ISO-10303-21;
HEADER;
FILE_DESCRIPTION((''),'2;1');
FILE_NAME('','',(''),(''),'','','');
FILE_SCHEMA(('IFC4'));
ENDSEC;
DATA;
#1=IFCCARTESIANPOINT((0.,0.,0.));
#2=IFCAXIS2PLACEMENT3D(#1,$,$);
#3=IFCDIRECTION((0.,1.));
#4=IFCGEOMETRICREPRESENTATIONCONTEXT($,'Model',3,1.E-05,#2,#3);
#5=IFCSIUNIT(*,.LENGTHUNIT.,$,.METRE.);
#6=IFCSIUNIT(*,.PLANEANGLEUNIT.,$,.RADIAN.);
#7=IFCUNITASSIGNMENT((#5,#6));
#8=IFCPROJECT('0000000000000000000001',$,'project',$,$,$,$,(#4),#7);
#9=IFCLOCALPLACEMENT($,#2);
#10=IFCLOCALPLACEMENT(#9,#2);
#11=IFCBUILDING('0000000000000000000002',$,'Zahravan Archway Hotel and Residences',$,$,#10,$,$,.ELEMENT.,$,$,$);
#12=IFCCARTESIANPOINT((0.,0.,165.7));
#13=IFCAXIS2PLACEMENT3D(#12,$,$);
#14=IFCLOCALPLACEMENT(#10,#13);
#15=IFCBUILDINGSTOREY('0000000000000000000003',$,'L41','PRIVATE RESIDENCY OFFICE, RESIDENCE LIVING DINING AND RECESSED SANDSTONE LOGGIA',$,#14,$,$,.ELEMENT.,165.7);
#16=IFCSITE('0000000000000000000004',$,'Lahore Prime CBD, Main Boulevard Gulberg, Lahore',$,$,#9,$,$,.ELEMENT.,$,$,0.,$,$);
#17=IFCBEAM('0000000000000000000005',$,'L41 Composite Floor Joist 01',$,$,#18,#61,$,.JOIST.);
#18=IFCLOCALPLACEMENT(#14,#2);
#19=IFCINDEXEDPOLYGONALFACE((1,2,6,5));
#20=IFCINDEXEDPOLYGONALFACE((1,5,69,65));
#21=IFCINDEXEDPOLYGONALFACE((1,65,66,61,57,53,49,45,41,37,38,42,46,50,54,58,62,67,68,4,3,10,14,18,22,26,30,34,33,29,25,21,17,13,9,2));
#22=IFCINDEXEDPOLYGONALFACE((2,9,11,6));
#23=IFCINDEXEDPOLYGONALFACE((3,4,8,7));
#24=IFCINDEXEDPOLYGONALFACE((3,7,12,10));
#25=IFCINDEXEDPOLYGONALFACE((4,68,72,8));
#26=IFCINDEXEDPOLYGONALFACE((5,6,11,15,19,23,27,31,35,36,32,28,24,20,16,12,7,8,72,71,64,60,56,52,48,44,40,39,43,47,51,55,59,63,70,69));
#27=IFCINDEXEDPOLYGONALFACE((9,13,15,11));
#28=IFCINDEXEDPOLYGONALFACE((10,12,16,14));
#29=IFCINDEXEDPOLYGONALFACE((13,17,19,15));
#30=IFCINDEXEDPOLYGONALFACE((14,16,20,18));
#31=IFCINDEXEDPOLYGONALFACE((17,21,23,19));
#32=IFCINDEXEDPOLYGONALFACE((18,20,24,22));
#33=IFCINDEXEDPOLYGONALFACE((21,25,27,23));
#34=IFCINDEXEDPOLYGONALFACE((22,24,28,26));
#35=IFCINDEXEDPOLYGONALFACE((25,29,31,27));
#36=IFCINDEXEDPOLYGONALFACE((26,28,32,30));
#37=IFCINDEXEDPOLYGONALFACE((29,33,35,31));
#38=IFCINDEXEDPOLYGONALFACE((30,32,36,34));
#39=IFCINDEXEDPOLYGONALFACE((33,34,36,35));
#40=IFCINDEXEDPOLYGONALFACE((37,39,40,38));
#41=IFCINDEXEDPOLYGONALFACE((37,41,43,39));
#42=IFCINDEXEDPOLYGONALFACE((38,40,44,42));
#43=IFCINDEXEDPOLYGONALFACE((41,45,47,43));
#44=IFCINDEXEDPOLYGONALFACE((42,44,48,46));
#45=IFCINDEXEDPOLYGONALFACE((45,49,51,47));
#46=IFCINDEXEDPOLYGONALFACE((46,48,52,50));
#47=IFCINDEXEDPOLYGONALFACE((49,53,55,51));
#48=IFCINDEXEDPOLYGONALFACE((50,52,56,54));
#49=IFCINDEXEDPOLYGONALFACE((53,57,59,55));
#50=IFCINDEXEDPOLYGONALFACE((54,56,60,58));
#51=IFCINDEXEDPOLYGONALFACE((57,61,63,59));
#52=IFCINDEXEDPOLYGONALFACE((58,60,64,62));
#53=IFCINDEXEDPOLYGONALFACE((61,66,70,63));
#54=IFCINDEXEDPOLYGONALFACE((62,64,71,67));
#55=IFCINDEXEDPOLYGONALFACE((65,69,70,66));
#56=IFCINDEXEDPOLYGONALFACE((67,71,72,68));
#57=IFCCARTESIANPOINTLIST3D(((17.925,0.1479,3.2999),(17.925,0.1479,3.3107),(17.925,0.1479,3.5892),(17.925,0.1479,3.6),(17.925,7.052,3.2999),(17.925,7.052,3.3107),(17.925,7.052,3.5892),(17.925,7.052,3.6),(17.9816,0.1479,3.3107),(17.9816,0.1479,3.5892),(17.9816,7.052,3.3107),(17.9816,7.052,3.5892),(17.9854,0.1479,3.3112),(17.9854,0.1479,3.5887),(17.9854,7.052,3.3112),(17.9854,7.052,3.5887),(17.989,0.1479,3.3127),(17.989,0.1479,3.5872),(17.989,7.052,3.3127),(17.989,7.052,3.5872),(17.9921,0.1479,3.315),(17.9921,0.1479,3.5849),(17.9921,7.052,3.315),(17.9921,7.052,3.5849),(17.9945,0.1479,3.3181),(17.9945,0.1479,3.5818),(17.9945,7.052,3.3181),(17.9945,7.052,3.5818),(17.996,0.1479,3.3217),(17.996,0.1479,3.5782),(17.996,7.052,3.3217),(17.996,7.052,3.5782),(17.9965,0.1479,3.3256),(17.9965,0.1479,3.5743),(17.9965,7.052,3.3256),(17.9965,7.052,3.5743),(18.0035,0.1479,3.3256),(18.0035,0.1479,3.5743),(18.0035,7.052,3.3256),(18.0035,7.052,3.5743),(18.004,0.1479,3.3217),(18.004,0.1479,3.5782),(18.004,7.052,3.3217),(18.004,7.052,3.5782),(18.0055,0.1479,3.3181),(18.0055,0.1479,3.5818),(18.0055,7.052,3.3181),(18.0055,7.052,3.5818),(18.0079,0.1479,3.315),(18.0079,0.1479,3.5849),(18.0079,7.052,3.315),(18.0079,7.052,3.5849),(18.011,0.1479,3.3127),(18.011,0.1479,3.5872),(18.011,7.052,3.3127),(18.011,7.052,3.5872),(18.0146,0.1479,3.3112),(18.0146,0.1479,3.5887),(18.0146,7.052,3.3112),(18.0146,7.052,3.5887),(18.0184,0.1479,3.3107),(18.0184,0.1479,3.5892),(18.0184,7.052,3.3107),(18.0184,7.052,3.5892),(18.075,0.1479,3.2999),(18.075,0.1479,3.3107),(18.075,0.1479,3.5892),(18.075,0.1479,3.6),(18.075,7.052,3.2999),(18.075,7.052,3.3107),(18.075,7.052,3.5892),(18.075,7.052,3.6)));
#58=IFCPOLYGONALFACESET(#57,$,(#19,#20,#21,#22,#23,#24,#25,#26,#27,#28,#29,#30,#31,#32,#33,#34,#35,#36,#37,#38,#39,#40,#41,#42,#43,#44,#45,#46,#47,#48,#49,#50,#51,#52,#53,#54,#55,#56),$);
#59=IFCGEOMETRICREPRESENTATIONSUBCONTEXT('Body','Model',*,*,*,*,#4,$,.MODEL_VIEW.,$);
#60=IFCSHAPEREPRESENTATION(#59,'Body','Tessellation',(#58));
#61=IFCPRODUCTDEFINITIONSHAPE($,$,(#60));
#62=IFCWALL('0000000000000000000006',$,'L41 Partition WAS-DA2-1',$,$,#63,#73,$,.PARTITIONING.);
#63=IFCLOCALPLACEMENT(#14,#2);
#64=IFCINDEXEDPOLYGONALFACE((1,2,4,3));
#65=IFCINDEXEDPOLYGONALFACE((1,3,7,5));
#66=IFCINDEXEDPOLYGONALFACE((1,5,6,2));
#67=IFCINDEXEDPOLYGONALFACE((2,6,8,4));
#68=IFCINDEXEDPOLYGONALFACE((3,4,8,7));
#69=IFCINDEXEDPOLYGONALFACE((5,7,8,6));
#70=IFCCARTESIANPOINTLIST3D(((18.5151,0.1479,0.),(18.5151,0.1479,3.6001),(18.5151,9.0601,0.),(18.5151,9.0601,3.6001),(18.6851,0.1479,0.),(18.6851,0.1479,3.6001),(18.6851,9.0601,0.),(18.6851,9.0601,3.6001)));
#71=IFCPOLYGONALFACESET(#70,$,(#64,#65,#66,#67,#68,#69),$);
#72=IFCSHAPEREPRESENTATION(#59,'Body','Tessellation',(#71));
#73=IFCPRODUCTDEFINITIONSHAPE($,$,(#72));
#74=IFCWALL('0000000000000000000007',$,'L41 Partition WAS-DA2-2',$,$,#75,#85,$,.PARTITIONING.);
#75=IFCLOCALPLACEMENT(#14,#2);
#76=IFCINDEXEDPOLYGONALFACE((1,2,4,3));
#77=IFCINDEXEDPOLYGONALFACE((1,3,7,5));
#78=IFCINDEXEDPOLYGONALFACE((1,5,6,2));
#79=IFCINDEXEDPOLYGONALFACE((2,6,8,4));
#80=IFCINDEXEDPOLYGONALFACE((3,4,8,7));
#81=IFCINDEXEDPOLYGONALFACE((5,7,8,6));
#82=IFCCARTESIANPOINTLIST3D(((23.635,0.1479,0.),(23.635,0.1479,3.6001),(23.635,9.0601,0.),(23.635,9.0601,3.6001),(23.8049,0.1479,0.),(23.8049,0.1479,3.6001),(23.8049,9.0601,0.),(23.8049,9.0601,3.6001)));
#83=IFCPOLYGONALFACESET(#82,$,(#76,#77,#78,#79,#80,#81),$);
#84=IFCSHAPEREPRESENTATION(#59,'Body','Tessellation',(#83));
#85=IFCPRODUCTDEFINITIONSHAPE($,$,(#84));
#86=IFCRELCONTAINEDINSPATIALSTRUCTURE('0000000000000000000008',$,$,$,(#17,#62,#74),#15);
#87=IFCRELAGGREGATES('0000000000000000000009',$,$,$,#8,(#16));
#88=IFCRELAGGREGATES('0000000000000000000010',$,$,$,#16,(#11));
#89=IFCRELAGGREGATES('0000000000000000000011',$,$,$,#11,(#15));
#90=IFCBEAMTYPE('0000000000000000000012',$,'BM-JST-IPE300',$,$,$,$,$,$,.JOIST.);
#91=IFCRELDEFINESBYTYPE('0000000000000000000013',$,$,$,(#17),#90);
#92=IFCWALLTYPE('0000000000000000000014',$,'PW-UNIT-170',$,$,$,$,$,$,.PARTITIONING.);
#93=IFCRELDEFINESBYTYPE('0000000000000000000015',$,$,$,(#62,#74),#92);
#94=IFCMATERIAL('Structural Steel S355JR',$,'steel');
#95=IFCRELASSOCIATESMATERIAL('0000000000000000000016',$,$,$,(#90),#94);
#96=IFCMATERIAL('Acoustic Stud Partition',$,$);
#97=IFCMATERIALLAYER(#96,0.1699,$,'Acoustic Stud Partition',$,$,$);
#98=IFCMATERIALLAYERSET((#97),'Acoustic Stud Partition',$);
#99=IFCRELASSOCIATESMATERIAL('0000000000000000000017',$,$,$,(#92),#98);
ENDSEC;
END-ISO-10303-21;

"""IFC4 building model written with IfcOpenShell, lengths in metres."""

from ifc_helpers import new_model, si_unit, direction, frame, frame_2d, origin, origin_2d, place, context, subcontext, project, spatial, rectangle, i_section, extrude, source, transform, mapped, material, layer, layer_set, material_profile, profile_set, type_object, type_shapes, element, save


model = new_model("IFC4")

# Units and contexts
model_context = context("Model", 3, precision=1e-05, world=origin(), true_north=direction((0.0, 1.0)))
body_context = subcontext(model_context, "Body", "Model", "MODEL_VIEW")
ifc_project = project(units=[si_unit("LENGTHUNIT", "METRE"), si_unit("PLANEANGLEUNIT", "RADIAN")], contexts=[model_context])

# Site, building, storey
site_placement = place(None, origin())
site = spatial("IfcSite", under=ifc_project, at=site_placement, Name="Lahore Prime CBD, Main Boulevard Gulberg, Lahore", CompositionType="ELEMENT", RefElevation=0.0)
building_placement = place(site_placement, origin())
building = spatial("IfcBuilding", under=site, at=building_placement, Name="Zahravan Archway Hotel and Residences", CompositionType="ELEMENT")
storey_placement = place(building_placement, frame((0.0, 0.0, 165.7)))
storey = spatial("IfcBuildingStorey", under=building, at=storey_placement, Name="L41", Description="PRIVATE RESIDENCY OFFICE, RESIDENCE LIVING DINING AND RECESSED SANDSTONE LOGGIA", CompositionType="ELEMENT", Elevation=165.7)

# Beam
ifc_material_1 = material(Name="Structural Steel S355JR", Category="steel")
ifc_material_profile_1 = material_profile(ifc_material_1, i_section(OverallWidth=0.1499, OverallDepth=0.3, WebThickness=0.0071, FlangeThickness=0.0107, FilletRadius=0.0149, at=origin_2d()), Name="IPE 300", Category="steel")
ifc_profile_set_1 = profile_set([ifc_material_profile_1], Name="Structural Steel S355JR")
beam_type_1 = type_object("IfcBeamType", Name="BM-JST-IPE300", PredefinedType="JOIST", material=ifc_profile_set_1)
shared_shape_1 = source(origin(), body_context, "Body", "SweptSolid", [
    extrude(i_section(OverallWidth=0.1499, OverallDepth=0.3, WebThickness=0.0071, FlangeThickness=0.0107, FilletRadius=0.0149, at=origin_2d()), origin(), (0.0, 0.0, 1.0), 6.9041),
])
type_shapes(beam_type_1, [shared_shape_1])
beam_1_placement = place(storey_placement, frame((18.0, 0.1479, 3.45), z_axis=(0.0, 1.0, 0.0), x_axis=(-1.0, 0.0, 0.0)))
element("IfcBeam", 1, at=beam_1_placement, inside=storey, type_object=beam_type_1, Name="L41 Composite Floor Joist 01", PredefinedType="JOIST", context=body_context, shape_type="MappedRepresentation", body=[
    mapped(shared_shape_1, transform((0.0, 0.0, 0.0), scale=1.0)),
])

# Walls
ifc_material_2 = material(Name="Acoustic Stud Partition")
ifc_layer = layer(ifc_material_2, 0.1699, Name="Acoustic Stud Partition")
ifc_layer_set = layer_set([ifc_layer], Name="Acoustic Stud Partition")
wall_type = type_object("IfcWallType", Name="PW-UNIT-170", PredefinedType="PARTITIONING", material=ifc_layer_set)
for number, where, z_axis, x_axis, name in (
    (2, (18.6001, 0.1479, 0.0), (0.0, 0.0, 1.0), (0.0, 1.0, 0.0), "L41 Partition WAS-DA2-1"),
    (3, (23.72, 0.1479, 0.0), (0.0, 0.0, 1.0), (0.0, 1.0, 0.0), "L41 Partition WAS-DA2-2"),
):
    element("IfcWall", number, at=place(storey_placement, frame(where, z_axis=z_axis, x_axis=x_axis)), inside=storey, type_object=wall_type, Name=name, PredefinedType="PARTITIONING", context=body_context, shape_type="SweptSolid", body=[
        extrude(rectangle(XDim=8.9121, YDim=0.1699, at=frame_2d((4.4561, 0.0))), origin(), (0.0, 0.0, 1.0), 3.6001),
    ])

save(model, "model.ifc")
